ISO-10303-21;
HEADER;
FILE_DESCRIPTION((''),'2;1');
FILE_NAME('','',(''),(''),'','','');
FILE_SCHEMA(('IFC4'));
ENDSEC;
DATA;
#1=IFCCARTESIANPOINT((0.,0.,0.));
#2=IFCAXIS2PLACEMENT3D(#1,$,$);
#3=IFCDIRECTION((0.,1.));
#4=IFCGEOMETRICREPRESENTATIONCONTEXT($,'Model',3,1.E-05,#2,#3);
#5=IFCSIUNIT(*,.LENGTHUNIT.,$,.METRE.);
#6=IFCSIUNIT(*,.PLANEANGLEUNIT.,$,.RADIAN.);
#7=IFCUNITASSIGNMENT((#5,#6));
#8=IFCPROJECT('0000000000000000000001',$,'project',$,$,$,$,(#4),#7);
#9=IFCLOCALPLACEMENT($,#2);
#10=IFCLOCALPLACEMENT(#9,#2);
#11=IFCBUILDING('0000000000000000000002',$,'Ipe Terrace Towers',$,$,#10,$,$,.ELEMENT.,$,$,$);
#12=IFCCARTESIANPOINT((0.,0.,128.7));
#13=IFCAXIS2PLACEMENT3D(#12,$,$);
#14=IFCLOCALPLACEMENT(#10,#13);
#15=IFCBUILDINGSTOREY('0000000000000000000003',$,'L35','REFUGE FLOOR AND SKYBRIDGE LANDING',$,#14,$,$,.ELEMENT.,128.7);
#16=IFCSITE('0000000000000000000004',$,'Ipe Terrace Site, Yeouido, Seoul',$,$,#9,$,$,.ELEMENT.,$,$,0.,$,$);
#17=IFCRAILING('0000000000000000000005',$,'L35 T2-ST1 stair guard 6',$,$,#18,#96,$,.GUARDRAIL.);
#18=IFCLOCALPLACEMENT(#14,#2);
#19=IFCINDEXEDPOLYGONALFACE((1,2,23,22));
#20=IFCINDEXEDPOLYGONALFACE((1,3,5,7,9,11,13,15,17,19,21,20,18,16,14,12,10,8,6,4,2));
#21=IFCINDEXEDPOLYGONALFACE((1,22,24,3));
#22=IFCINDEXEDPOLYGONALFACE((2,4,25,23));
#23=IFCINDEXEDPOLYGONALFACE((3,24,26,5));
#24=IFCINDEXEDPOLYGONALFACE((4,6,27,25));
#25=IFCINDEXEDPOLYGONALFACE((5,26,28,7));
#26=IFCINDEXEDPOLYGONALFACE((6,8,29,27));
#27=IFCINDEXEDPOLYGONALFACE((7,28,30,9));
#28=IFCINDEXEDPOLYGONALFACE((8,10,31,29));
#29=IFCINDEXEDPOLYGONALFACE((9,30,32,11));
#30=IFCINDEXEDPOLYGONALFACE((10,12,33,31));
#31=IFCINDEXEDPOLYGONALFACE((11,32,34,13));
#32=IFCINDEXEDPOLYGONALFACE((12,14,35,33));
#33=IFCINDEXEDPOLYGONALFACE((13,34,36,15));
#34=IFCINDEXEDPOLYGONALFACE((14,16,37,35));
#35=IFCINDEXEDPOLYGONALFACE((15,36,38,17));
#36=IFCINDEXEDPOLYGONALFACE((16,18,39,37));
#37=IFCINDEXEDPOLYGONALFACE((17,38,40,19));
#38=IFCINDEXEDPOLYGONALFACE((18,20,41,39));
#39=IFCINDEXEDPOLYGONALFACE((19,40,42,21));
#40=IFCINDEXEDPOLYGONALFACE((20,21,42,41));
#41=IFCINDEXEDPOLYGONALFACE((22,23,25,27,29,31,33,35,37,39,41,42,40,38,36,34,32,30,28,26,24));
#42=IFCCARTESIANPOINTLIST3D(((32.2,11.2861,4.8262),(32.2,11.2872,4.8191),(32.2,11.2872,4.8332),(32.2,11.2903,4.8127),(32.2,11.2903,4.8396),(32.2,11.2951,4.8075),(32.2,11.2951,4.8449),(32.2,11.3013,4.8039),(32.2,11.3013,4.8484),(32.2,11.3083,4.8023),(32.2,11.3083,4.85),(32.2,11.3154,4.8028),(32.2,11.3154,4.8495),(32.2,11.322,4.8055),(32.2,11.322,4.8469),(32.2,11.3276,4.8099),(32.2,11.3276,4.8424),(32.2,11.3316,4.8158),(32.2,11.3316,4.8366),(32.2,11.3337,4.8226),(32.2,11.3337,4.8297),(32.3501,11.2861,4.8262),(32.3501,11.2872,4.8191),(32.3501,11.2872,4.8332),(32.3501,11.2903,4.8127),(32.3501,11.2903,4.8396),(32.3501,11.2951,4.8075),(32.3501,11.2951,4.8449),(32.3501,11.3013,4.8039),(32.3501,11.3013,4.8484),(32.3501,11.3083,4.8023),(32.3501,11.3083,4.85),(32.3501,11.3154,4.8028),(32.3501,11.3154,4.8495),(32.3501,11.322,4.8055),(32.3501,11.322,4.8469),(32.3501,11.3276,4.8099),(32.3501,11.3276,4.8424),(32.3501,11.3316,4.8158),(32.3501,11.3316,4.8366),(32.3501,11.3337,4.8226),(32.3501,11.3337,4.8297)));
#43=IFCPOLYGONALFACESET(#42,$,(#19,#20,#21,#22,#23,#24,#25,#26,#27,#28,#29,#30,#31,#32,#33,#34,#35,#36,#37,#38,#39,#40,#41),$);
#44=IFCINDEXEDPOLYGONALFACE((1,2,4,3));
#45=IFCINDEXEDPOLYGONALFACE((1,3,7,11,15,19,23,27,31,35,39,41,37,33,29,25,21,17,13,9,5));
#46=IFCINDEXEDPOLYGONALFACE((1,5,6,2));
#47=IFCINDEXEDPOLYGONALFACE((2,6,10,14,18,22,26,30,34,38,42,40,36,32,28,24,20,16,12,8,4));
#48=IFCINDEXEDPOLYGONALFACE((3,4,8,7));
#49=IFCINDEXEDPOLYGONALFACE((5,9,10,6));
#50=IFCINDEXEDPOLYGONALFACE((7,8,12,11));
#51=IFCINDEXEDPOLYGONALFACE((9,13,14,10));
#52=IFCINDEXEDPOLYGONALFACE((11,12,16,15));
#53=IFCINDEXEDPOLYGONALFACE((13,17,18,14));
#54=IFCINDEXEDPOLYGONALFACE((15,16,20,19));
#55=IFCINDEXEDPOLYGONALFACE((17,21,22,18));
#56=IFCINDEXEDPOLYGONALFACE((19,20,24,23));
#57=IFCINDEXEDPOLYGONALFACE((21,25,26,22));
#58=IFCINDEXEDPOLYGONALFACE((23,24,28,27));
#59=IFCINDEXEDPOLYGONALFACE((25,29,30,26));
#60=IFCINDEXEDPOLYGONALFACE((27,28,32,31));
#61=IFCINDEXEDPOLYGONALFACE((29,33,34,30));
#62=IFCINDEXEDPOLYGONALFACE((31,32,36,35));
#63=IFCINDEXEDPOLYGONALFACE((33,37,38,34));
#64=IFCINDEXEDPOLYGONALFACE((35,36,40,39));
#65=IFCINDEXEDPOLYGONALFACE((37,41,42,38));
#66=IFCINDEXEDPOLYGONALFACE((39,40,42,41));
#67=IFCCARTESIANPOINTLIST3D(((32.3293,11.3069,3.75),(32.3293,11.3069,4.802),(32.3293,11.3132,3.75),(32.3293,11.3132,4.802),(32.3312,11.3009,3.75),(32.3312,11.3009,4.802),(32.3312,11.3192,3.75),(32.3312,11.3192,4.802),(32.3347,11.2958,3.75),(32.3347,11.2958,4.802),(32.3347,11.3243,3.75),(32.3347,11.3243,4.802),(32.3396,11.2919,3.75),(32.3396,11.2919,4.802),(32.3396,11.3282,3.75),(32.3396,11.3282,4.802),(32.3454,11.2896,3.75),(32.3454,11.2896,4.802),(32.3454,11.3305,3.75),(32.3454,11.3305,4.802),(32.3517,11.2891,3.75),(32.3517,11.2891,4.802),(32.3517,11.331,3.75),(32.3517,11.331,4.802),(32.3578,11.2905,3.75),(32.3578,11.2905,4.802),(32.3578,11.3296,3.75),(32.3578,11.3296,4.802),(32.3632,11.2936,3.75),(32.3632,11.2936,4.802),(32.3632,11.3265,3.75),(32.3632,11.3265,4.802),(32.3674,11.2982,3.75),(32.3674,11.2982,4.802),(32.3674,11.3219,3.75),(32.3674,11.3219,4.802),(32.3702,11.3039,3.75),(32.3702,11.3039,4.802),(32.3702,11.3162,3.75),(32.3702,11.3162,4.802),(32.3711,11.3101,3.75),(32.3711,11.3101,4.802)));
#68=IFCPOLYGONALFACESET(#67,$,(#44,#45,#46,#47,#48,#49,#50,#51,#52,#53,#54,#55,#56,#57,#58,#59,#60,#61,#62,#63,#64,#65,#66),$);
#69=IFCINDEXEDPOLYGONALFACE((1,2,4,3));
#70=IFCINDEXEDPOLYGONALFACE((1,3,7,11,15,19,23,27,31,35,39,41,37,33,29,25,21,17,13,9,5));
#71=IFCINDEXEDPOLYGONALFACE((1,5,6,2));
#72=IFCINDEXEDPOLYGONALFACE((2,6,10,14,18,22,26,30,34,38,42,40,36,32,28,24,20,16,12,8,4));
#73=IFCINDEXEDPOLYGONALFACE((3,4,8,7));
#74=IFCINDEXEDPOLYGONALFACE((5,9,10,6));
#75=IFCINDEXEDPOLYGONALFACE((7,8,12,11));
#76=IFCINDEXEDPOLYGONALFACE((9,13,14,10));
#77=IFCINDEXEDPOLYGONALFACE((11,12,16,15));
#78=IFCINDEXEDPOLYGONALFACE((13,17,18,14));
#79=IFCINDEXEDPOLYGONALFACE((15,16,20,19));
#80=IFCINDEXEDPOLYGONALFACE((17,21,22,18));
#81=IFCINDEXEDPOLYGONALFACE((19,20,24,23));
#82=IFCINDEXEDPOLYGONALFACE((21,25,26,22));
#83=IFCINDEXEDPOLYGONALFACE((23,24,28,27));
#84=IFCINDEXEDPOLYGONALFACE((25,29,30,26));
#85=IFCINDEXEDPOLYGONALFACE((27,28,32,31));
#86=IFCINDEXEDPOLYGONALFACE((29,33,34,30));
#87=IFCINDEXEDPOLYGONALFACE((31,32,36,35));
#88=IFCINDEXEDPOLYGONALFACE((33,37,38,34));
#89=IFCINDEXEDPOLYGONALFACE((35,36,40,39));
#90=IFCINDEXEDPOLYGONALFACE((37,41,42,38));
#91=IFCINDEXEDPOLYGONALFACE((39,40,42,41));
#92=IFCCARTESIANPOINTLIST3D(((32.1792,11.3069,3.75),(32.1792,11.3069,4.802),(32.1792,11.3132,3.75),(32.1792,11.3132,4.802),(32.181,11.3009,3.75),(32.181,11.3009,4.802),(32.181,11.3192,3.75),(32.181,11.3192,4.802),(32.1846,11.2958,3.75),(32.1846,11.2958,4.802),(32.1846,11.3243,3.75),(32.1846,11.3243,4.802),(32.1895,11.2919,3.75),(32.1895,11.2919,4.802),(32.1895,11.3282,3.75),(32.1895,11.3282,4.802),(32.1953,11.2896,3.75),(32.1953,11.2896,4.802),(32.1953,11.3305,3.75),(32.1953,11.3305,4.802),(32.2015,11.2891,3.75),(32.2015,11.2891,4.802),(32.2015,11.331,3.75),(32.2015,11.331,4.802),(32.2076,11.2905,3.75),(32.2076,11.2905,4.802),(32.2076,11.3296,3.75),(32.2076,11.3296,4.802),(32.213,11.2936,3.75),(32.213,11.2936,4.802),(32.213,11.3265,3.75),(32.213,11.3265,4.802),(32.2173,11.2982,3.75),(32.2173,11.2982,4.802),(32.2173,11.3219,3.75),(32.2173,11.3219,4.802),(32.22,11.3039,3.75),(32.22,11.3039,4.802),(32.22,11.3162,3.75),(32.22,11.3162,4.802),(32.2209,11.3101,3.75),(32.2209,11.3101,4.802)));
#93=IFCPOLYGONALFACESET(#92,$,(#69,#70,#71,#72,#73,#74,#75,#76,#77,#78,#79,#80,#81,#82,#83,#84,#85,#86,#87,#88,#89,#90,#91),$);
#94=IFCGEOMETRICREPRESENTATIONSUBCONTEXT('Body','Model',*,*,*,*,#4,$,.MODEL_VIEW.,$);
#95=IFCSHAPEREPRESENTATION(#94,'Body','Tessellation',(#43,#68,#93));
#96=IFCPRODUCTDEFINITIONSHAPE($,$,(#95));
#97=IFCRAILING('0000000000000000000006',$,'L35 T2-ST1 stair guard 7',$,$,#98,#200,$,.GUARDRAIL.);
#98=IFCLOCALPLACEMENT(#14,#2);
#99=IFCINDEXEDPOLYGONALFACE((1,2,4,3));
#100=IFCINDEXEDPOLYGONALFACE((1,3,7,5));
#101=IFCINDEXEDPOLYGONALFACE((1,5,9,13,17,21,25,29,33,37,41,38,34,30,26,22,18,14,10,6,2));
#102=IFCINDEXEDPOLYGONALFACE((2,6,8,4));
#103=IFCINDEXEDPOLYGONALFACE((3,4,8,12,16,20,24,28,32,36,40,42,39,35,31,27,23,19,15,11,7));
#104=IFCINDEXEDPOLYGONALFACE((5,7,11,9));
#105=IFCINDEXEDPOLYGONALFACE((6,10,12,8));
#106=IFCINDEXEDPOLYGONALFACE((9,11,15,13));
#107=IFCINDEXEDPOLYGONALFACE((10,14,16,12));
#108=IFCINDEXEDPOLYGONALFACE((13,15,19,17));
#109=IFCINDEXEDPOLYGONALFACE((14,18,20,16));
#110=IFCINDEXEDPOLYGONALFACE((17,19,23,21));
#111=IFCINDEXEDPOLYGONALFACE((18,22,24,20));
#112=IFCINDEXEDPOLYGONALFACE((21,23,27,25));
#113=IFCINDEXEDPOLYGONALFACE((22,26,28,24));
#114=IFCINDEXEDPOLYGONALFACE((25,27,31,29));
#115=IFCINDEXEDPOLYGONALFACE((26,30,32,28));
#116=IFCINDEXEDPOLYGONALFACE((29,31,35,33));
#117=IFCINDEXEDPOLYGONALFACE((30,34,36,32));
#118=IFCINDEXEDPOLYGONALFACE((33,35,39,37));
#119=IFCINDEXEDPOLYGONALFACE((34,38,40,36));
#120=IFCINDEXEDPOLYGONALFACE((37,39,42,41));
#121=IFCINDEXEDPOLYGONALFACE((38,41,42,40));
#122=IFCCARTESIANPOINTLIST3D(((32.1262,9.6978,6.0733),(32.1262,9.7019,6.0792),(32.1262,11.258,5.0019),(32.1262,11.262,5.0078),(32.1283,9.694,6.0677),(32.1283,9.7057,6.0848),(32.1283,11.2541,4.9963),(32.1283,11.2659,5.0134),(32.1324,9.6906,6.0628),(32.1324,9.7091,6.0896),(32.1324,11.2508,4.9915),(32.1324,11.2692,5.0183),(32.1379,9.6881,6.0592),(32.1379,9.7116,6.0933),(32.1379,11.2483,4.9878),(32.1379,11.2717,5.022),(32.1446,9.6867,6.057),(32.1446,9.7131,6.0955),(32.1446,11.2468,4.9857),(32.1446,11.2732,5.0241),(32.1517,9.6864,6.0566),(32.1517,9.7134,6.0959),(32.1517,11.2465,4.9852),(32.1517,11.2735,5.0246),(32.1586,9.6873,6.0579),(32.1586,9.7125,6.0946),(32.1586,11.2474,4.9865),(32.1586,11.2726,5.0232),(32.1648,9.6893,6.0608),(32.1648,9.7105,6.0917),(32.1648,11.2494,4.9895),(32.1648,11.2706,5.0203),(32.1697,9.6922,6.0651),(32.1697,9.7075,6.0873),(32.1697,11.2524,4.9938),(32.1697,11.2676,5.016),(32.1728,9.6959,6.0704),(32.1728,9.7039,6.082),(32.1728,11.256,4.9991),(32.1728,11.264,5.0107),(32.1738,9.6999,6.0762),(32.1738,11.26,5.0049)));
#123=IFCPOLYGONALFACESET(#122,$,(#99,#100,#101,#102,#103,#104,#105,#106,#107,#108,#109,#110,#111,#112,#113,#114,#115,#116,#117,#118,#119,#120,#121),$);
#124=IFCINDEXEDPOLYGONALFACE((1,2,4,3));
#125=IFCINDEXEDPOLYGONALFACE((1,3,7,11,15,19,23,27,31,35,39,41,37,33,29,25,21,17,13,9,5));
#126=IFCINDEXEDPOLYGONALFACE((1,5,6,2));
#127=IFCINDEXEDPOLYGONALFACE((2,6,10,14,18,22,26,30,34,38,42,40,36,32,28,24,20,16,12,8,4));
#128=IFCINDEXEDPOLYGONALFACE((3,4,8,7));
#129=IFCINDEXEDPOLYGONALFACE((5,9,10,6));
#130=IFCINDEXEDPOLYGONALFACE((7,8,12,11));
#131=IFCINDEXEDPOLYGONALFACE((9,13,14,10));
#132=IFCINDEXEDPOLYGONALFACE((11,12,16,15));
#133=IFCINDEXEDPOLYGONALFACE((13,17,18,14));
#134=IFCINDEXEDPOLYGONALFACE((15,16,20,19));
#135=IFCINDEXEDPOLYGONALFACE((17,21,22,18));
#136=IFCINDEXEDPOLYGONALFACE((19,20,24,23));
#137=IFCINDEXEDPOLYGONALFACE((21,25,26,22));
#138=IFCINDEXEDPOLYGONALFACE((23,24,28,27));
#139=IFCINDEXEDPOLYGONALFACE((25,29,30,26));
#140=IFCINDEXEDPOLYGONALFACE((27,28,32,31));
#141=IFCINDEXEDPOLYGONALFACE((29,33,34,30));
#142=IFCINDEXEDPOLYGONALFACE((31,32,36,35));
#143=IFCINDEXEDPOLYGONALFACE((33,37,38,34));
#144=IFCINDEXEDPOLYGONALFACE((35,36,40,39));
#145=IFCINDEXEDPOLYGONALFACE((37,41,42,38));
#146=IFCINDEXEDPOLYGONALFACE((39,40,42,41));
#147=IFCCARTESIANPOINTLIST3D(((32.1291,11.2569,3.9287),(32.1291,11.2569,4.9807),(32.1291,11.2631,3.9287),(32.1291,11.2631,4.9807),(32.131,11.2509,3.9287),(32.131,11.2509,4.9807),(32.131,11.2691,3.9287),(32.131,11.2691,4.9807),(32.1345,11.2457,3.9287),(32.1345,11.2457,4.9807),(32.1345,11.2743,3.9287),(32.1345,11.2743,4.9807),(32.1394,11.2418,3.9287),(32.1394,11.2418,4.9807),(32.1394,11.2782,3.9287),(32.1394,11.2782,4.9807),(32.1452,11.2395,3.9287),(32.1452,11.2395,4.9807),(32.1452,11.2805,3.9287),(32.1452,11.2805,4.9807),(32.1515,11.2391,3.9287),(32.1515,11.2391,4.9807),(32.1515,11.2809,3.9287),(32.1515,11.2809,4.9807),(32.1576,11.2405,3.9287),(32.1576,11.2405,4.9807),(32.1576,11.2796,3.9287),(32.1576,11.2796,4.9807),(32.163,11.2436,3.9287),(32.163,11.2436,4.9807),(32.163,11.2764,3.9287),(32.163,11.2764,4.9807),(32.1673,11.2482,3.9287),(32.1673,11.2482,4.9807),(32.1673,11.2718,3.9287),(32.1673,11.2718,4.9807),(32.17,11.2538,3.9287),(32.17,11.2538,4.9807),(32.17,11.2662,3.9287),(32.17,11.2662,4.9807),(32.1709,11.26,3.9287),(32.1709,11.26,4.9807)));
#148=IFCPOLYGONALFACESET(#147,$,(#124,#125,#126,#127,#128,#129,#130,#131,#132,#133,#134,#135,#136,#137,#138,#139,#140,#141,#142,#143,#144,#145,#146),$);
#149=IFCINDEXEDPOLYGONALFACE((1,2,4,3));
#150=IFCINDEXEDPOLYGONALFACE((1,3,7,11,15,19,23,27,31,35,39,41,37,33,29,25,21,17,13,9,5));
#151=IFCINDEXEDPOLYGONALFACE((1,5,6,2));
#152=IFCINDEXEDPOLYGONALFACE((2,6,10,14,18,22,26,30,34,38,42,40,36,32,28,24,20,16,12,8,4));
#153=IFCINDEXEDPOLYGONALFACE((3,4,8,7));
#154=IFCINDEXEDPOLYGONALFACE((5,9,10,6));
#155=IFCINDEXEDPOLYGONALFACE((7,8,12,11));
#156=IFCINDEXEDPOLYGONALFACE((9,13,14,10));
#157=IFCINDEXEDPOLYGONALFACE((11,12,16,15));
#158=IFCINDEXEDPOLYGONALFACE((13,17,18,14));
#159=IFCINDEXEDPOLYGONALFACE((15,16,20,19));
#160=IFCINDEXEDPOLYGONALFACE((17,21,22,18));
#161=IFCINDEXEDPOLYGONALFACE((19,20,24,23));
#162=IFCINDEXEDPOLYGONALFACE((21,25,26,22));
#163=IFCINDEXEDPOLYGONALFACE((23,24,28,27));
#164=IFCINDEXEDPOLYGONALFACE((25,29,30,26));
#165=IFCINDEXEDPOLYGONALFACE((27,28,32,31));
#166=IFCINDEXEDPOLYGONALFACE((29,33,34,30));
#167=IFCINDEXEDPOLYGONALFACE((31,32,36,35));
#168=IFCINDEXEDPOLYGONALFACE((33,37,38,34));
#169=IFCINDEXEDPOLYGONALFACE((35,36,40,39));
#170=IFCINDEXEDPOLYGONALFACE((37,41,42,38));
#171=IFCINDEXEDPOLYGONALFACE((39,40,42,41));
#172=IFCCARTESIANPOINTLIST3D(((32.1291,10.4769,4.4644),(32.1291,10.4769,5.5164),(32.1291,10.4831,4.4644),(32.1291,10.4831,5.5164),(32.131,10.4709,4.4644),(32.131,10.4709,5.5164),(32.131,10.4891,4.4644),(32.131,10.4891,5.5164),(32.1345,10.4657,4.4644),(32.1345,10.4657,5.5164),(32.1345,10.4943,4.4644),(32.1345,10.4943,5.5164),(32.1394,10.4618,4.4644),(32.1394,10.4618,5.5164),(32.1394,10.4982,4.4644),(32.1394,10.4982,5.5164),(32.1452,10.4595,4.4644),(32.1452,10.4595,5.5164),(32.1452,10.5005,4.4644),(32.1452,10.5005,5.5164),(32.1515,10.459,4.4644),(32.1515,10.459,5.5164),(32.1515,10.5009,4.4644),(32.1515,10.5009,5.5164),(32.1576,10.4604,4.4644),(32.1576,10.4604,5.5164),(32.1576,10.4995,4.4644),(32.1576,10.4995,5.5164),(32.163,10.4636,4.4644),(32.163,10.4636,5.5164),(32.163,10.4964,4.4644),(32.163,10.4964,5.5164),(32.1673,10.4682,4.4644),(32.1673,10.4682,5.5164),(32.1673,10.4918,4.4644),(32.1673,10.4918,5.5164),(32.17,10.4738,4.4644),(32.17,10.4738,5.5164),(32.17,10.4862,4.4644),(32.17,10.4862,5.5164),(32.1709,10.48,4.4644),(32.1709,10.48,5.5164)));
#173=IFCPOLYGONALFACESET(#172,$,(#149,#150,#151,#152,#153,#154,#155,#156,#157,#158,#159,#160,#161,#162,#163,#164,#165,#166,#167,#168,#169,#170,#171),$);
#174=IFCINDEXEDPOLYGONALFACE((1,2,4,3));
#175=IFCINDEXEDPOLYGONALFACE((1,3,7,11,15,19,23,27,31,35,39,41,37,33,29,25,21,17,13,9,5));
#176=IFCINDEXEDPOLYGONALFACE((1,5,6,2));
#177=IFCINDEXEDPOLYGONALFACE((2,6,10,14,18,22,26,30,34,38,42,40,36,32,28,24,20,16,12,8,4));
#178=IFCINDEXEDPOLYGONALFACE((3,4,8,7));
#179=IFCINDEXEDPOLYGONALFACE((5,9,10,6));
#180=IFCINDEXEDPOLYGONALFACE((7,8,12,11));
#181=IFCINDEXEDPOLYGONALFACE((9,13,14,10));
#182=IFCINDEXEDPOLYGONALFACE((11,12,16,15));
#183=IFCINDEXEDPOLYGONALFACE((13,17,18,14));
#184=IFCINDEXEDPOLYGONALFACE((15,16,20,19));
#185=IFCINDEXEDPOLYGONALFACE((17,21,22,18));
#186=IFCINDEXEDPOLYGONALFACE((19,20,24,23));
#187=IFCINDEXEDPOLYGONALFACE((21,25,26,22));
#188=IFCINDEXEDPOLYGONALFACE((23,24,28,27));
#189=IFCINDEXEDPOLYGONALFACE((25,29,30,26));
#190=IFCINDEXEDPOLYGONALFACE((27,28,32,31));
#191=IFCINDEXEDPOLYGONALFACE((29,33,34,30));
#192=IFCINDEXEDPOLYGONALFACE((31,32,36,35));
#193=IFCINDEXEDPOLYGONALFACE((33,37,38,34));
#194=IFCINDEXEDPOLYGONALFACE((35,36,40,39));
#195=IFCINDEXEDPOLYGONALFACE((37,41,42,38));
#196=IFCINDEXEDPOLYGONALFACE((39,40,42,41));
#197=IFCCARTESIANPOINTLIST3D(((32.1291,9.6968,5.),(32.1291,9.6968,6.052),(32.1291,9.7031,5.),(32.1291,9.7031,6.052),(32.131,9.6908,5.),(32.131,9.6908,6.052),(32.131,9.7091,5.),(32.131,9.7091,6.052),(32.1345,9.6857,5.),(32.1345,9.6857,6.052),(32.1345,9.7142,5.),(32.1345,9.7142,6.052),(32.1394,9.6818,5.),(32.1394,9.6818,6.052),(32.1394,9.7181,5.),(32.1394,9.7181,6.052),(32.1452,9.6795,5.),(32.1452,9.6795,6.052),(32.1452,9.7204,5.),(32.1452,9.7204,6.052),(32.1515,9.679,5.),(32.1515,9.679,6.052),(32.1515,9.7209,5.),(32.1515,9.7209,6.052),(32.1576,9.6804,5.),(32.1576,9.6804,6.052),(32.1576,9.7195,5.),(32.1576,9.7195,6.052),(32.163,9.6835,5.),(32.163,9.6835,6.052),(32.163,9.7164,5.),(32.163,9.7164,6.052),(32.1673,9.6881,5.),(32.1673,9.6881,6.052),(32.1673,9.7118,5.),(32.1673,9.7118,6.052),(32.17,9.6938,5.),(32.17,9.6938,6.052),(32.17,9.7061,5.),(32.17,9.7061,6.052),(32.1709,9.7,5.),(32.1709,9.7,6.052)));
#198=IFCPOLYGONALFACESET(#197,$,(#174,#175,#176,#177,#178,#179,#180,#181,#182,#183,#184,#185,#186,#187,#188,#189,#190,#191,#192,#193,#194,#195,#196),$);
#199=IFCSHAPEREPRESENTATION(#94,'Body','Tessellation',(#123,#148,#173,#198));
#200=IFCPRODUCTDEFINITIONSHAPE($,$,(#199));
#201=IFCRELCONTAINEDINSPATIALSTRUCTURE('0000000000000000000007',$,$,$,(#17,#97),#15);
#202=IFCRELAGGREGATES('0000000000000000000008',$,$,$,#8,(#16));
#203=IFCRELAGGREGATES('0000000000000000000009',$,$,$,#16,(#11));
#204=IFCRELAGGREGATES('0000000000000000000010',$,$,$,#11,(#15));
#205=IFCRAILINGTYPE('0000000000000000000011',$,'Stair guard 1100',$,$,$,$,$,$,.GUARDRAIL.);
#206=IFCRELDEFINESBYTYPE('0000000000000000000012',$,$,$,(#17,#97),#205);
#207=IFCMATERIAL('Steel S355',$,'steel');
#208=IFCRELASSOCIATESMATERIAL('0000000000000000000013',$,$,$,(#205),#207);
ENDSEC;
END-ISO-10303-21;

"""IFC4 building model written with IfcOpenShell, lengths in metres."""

from ifc_helpers import new_model, si_unit, direction, frame, origin, origin_2d, place, context, subcontext, project, spatial, circle, extrude, material, type_object, element, save


model = new_model("IFC4")

# Units and contexts
model_context = context("Model", 3, precision=1e-05, world=origin(), true_north=direction((0.0, 1.0)))
body_context = subcontext(model_context, "Body", "Model", "MODEL_VIEW")
ifc_project = project(units=[si_unit("LENGTHUNIT", "METRE"), si_unit("PLANEANGLEUNIT", "RADIAN")], contexts=[model_context])

# Site, building, storey
site_placement = place(None, origin())
site = spatial("IfcSite", under=ifc_project, at=site_placement, Name="Ipe Terrace Site, Yeouido, Seoul", CompositionType="ELEMENT", RefElevation=0.0)
building_placement = place(site_placement, origin())
building = spatial("IfcBuilding", under=site, at=building_placement, Name="Ipe Terrace Towers", CompositionType="ELEMENT")
storey_placement = place(building_placement, frame((0.0, 0.0, 128.7)))
storey = spatial("IfcBuildingStorey", under=building, at=storey_placement, Name="L35", Description="REFUGE FLOOR AND SKYBRIDGE LANDING", CompositionType="ELEMENT", Elevation=128.7)

# Railings
ifc_material_1 = material(Name="Steel S355", Category="steel")
railing_type_1 = type_object("IfcRailingType", Name="Stair guard 1100", PredefinedType="GUARDRAIL", material=ifc_material_1)
railing_1_placement = place(storey_placement, frame((32.3501, 11.3101, 3.75)))
element("IfcRailing", 1, at=railing_1_placement, inside=storey, type_object=railing_type_1, Name="L35 T2-ST1 stair guard 6", PredefinedType="GUARDRAIL", context=body_context, shape_type="SweptSolid", body=[
    extrude(circle(Radius=0.0239, at=origin_2d()), frame((0.0, 0.0, 1.0762), z_axis=(-1.0, 0.0, 0.0), x_axis=(0.0, -1.0, 0.0)), (0.0, 0.0, 1.0), 0.1501),
    extrude(circle(Radius=0.021, at=origin_2d()), origin(), (0.0, 0.0, 1.0), 1.052),
    extrude(circle(Radius=0.021, at=origin_2d()), frame((-0.1501, 0.0, 0.0)), (0.0, 0.0, 1.0), 1.052),
])
railing_2_placement = place(storey_placement, frame((32.1499, 11.26, 3.9287)))
element("IfcRailing", 2, at=railing_2_placement, inside=storey, type_object=railing_type_1, Name="L35 T2-ST1 stair guard 7", PredefinedType="GUARDRAIL", context=body_context, shape_type="SweptSolid", body=[
    extrude(circle(Radius=0.0239, at=origin_2d()), frame((0.0, 0.0, 1.0762), z_axis=(0.0, -0.82435, 0.56608), x_axis=(1.0, 0.0, 0.0)), (0.0, 0.0, 1.0), 1.8926),
    extrude(circle(Radius=0.021, at=origin_2d()), origin(), (0.0, 0.0, 1.0), 1.052),
    extrude(circle(Radius=0.021, at=origin_2d()), frame((0.0, -0.78, 0.5356)), (0.0, 0.0, 1.0), 1.052),
    extrude(circle(Radius=0.021, at=origin_2d()), frame((0.0, -1.5601, 1.0713)), (0.0, 0.0, 1.0), 1.052),
])

save(model, "model.ifc")
